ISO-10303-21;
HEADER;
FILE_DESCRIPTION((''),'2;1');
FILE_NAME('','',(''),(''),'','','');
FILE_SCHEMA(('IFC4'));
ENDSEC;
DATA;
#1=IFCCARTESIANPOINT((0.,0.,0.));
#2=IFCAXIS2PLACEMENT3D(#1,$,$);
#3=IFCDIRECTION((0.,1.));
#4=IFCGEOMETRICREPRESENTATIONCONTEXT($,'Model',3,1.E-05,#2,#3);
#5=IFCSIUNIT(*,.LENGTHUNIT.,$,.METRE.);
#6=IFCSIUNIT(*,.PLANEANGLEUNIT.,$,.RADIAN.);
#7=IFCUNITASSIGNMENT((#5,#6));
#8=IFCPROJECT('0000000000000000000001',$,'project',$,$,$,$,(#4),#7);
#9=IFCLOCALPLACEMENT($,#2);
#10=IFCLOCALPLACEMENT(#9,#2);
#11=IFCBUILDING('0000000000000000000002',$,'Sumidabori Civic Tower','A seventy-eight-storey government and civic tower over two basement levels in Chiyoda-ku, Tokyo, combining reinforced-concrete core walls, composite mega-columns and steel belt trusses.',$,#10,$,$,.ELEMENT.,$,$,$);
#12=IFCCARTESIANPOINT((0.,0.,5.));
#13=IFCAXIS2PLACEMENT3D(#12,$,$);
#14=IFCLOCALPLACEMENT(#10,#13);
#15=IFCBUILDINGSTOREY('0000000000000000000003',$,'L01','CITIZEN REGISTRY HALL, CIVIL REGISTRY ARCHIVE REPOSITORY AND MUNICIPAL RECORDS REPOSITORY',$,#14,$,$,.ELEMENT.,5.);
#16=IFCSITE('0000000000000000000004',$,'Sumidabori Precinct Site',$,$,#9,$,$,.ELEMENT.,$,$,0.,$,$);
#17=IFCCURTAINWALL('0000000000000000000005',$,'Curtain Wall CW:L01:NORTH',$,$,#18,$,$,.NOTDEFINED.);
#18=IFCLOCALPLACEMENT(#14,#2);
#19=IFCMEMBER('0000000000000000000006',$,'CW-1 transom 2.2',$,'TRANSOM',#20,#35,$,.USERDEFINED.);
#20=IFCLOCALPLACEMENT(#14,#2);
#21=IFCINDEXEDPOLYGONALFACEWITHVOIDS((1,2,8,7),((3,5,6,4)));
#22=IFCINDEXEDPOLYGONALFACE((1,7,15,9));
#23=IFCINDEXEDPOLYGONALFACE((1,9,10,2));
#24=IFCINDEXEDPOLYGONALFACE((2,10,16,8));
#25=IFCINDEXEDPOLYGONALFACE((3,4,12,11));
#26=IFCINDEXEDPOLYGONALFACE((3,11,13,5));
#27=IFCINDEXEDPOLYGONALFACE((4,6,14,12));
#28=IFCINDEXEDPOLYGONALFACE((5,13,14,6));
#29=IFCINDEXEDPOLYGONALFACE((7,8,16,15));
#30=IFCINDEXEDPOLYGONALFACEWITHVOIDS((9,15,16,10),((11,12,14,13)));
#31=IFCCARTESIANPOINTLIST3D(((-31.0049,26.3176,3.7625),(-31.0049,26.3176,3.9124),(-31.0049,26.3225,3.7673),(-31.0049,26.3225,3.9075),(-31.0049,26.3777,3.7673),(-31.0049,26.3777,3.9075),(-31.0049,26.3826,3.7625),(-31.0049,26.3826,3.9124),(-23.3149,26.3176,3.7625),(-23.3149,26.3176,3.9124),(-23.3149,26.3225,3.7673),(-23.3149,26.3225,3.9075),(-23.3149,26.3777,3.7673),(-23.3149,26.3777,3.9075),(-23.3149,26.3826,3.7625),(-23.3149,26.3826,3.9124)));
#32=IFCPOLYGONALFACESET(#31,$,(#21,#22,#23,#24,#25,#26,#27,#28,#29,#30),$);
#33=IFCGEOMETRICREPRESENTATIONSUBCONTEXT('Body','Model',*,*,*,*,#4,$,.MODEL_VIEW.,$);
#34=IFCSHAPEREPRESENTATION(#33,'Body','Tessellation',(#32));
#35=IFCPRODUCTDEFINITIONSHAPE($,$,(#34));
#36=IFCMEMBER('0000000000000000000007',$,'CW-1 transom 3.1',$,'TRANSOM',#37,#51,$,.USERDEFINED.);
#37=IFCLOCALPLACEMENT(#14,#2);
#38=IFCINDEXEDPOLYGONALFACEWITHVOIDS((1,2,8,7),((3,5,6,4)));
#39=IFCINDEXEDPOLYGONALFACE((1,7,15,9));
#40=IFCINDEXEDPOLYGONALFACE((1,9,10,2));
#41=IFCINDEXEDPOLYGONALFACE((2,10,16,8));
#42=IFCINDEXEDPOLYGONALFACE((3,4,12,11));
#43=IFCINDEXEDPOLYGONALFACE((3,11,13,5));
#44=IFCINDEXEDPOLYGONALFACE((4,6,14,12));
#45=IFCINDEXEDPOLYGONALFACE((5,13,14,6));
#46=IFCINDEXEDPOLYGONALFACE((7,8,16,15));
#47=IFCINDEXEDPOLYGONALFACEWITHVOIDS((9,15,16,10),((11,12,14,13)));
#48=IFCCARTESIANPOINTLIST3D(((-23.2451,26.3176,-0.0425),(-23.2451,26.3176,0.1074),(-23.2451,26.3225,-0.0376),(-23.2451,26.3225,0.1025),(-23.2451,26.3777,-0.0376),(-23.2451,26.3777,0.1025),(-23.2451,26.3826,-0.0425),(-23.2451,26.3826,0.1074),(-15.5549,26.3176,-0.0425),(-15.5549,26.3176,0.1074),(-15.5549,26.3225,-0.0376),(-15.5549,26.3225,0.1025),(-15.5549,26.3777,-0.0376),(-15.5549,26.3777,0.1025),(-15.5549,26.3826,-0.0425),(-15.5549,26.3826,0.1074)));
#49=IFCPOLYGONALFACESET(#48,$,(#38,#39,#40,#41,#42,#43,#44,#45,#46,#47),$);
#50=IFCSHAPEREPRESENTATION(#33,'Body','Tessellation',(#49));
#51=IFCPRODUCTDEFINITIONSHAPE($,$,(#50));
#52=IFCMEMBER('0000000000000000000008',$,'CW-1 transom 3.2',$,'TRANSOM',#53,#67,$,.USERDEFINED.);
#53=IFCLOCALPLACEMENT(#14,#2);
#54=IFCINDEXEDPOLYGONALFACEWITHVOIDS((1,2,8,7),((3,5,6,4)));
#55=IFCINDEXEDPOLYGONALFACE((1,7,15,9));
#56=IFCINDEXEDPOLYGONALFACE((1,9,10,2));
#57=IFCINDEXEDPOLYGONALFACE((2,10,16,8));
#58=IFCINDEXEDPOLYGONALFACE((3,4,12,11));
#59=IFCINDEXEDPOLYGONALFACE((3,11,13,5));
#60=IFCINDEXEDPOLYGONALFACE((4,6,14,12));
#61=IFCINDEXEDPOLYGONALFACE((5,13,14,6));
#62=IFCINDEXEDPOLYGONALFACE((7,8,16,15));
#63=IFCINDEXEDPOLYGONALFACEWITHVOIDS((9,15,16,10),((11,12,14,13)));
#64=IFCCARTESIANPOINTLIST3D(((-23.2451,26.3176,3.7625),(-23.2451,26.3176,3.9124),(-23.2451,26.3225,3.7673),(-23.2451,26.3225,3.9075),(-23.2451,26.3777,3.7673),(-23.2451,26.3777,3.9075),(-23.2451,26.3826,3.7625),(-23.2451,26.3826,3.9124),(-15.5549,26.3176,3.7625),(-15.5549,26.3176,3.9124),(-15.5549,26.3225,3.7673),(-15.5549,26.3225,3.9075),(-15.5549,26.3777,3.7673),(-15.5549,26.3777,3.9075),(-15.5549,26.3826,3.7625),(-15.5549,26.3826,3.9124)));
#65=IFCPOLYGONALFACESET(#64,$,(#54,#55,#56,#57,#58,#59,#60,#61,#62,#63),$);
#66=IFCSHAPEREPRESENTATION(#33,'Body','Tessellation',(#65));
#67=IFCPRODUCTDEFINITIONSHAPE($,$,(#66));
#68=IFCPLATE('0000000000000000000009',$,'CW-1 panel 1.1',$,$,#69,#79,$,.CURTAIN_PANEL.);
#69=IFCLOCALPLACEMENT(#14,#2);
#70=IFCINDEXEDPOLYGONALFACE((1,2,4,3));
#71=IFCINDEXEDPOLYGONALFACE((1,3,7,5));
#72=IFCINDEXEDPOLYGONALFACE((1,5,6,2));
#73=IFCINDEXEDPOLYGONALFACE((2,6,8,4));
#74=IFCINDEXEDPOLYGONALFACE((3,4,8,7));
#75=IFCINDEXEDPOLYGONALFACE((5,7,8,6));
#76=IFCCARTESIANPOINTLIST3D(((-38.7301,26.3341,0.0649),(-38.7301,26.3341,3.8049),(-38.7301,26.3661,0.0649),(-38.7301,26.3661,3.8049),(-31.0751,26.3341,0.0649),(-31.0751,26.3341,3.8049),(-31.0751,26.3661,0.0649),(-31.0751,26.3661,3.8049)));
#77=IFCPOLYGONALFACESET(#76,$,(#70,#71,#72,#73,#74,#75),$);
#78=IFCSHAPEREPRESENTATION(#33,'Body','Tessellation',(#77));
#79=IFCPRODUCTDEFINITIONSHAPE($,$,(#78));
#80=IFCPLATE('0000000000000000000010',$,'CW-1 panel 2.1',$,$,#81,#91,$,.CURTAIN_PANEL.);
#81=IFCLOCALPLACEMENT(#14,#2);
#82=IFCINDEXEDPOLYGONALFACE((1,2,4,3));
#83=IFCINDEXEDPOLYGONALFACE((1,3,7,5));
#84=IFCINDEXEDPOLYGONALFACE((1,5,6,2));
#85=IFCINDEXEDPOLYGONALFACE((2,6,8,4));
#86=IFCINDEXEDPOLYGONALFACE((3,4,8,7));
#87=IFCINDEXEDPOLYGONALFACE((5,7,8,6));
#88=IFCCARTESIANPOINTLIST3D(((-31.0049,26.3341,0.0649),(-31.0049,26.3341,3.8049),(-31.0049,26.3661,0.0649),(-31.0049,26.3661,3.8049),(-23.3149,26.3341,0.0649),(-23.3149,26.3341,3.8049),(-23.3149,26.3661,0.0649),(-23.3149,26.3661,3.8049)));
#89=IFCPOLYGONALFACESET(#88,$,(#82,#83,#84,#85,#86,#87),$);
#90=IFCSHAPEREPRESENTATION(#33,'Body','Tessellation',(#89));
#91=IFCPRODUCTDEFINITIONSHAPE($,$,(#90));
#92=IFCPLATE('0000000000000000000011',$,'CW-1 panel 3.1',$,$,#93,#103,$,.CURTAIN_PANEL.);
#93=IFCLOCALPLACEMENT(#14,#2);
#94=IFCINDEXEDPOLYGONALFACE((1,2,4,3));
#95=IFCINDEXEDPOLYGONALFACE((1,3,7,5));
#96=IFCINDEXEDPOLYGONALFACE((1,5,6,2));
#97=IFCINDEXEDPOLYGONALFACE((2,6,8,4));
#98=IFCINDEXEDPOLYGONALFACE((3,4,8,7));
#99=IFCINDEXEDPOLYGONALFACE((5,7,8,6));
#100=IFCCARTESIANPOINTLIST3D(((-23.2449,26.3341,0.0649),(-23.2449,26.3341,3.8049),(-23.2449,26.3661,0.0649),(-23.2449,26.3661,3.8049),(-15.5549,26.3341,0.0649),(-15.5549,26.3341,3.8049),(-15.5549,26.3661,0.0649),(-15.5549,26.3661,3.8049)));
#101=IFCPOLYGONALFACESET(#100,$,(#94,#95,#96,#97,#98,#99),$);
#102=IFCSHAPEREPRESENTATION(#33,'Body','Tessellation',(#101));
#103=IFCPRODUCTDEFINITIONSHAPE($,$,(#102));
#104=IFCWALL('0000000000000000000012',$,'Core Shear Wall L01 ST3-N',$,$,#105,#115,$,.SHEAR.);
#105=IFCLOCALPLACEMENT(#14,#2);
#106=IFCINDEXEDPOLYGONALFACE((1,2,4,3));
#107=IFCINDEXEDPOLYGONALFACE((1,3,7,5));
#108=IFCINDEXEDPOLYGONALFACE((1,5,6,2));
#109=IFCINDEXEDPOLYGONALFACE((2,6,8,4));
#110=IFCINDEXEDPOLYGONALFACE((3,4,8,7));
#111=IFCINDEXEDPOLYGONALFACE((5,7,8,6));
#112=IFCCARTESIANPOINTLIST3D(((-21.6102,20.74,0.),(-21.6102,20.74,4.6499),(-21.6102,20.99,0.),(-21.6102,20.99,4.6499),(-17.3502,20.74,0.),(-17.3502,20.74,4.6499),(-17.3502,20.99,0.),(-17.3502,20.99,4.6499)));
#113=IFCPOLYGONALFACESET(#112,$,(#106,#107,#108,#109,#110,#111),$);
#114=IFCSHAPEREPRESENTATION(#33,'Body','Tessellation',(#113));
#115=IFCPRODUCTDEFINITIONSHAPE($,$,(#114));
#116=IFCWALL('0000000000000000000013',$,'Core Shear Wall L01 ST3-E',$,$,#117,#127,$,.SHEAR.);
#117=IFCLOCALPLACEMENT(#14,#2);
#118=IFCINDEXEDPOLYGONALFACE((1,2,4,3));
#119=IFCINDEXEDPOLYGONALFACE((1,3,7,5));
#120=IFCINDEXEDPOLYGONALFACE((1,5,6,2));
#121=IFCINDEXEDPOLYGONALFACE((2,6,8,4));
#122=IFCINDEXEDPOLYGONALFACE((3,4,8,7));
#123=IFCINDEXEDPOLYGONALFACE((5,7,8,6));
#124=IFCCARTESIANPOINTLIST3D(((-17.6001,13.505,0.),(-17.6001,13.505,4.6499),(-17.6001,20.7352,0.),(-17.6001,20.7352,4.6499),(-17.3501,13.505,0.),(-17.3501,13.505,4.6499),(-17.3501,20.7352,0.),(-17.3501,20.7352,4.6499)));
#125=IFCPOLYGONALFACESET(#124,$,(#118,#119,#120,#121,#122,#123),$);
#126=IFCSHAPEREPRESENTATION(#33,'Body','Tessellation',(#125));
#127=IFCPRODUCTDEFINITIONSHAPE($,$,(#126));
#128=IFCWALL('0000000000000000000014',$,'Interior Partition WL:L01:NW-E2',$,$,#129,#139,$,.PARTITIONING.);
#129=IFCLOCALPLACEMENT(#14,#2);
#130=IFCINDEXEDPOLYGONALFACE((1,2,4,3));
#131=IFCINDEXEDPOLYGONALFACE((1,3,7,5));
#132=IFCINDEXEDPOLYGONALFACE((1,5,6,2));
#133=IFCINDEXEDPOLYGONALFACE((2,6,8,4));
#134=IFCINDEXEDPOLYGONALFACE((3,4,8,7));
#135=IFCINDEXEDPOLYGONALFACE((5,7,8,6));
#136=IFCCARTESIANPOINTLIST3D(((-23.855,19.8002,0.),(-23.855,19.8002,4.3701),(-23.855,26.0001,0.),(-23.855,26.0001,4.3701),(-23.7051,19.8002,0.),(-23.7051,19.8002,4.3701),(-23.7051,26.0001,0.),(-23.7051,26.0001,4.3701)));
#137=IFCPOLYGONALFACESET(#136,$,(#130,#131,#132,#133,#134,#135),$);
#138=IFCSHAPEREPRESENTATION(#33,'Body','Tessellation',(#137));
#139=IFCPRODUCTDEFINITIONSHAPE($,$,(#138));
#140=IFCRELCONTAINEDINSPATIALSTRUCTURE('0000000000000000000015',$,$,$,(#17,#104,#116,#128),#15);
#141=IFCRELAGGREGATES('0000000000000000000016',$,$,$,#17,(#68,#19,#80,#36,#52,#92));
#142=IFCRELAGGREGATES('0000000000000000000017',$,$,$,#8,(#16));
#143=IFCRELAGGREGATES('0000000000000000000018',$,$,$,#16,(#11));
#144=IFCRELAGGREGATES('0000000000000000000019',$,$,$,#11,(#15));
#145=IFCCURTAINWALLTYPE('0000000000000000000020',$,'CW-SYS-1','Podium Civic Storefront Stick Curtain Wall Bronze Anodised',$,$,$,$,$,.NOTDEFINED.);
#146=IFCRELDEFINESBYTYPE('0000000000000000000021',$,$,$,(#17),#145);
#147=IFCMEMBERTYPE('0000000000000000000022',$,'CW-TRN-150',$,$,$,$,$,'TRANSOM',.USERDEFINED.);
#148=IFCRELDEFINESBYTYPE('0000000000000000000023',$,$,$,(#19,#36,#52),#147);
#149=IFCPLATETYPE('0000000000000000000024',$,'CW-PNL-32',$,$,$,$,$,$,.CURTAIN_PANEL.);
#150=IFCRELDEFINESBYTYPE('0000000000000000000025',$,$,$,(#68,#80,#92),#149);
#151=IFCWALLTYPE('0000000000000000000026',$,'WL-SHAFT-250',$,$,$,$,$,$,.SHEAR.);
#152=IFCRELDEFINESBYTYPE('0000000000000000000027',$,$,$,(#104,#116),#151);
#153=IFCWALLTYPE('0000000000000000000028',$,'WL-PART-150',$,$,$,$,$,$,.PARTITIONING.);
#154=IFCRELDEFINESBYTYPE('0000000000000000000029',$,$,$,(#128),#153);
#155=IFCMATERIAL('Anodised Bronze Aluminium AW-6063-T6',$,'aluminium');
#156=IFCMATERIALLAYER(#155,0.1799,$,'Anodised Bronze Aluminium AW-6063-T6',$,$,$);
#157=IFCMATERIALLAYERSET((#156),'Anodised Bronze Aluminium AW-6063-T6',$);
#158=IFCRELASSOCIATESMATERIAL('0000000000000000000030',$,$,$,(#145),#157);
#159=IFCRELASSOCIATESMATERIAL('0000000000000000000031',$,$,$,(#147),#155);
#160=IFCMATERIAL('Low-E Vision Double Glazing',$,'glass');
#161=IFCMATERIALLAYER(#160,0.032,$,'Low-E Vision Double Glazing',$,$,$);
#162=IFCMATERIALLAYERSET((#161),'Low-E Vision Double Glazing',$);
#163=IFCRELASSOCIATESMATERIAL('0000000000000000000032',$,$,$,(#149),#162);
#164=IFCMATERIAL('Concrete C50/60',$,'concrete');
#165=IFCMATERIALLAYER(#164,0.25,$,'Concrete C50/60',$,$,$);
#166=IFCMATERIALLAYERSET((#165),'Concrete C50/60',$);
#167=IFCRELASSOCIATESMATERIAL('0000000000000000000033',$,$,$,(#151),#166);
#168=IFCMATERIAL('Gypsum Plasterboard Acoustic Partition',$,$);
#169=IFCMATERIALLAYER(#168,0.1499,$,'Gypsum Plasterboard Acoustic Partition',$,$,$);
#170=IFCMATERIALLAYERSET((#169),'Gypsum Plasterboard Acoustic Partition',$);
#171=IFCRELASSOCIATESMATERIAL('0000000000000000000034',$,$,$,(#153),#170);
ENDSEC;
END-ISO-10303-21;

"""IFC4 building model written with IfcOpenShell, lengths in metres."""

from ifc_helpers import new_model, si_unit, direction, frame, frame_2d, origin, origin_2d, place, context, subcontext, project, spatial, rectangle, hollow_rectangle, extrude, source, transform, mapped, material, layer, layer_set, material_profile, profile_set, type_object, element, aggregate, save


model = new_model("IFC4")

# Units and contexts
model_context = context("Model", 3, precision=1e-05, world=origin(), true_north=direction((0.0, 1.0)))
body_context = subcontext(model_context, "Body", "Model", "MODEL_VIEW")
ifc_project = project(units=[si_unit("LENGTHUNIT", "METRE"), si_unit("PLANEANGLEUNIT", "RADIAN")], contexts=[model_context])

# Site, building, storey
site_placement = place(None, origin())
site = spatial("IfcSite", under=ifc_project, at=site_placement, Name="Sumidabori Precinct Site", CompositionType="ELEMENT", RefElevation=0.0)
building_placement = place(site_placement, origin())
building = spatial("IfcBuilding", under=site, at=building_placement, Name="Sumidabori Civic Tower", Description="A seventy-eight-storey government and civic tower over two basement levels in Chiyoda-ku, Tokyo, combining reinforced-concrete core walls, composite mega-columns and steel belt trusses.", CompositionType="ELEMENT")
storey_placement = place(building_placement, frame((0.0, 0.0, 5.0)))
storey = spatial("IfcBuildingStorey", under=building, at=storey_placement, Name="L01", Description="CITIZEN REGISTRY HALL, CIVIL REGISTRY ARCHIVE REPOSITORY AND MUNICIPAL RECORDS REPOSITORY", CompositionType="ELEMENT", Elevation=5.0)

# Curtain wall, members, plates
ifc_material_1 = material(Name="Anodised Bronze Aluminium AW-6063-T6", Category="aluminium")
ifc_layer_1 = layer(ifc_material_1, 0.1799, Name="Anodised Bronze Aluminium AW-6063-T6")
ifc_layer_set_1 = layer_set([ifc_layer_1], Name="Anodised Bronze Aluminium AW-6063-T6")
curtain_wall_type = type_object("IfcCurtainWallType", Name="CW-SYS-1", Description="Podium Civic Storefront Stick Curtain Wall Bronze Anodised", PredefinedType="NOTDEFINED", material=ifc_layer_set_1)
curtain_wall_placement = place(storey_placement, origin())
curtain_wall = element("IfcCurtainWall", 1, at=curtain_wall_placement, inside=storey, type_object=curtain_wall_type, Name="Curtain Wall CW:L01:NORTH", PredefinedType="NOTDEFINED")
ifc_material_profile_1 = material_profile(ifc_material_1, hollow_rectangle(XDim=0.0649, YDim=0.1499, WallThickness=0.0049, at=origin_2d()), Name="ALU TRANSOM 150x65")
ifc_profile_set_1 = profile_set([ifc_material_profile_1], Name="Anodised Bronze Aluminium AW-6063-T6")
member_type_1 = type_object("IfcMemberType", Name="CW-TRN-150", ElementType="TRANSOM", PredefinedType="USERDEFINED", material=ifc_profile_set_1)
shared_shape_1 = source(origin(), body_context, "Body", "SweptSolid", [
    extrude(hollow_rectangle(XDim=0.0649, YDim=0.1499, WallThickness=0.0049, at=origin_2d()), origin(), (0.0, 0.0, 1.0), 7.6899),
])
member_1_placement = place(storey_placement, frame((-31.0049, 26.3501, 3.8374), z_axis=(1.0, 0.0, 0.0), x_axis=(0.0, 1.0, 0.0)))
member_1 = element("IfcMember", 2, at=member_1_placement, type_object=member_type_1, Name="CW-1 transom 2.2", ObjectType="TRANSOM", PredefinedType="USERDEFINED", context=body_context, shape_type="MappedRepresentation", body=[
    mapped(shared_shape_1, transform((0.0, 0.0, 0.0), x_axis=(1.0, 0.0, 0.0), y_axis=(0.0, 1.0, 0.0), z_axis=(0.0, 0.0, 1.0), scale=1.0)),
])
shared_shape_2 = source(origin(), body_context, "Body", "SweptSolid", [
    extrude(hollow_rectangle(XDim=0.0649, YDim=0.1499, WallThickness=0.0049, at=origin_2d()), origin(), (0.0, 0.0, 1.0), 7.6902),
])
member_2_placement = place(storey_placement, frame((-23.2451, 26.3501, 0.0325), z_axis=(1.0, 0.0, 0.0), x_axis=(0.0, 1.0, 0.0)))
member_2 = element("IfcMember", 3, at=member_2_placement, type_object=member_type_1, Name="CW-1 transom 3.1", ObjectType="TRANSOM", PredefinedType="USERDEFINED", context=body_context, shape_type="MappedRepresentation", body=[
    mapped(shared_shape_2, transform((0.0, 0.0, 0.0), x_axis=(1.0, 0.0, 0.0), y_axis=(0.0, 1.0, 0.0), z_axis=(0.0, 0.0, 1.0), scale=1.0)),
])
member_3_placement = place(storey_placement, frame((-23.2451, 26.3501, 3.8374), z_axis=(1.0, 0.0, 0.0), x_axis=(0.0, 1.0, 0.0)))
member_3 = element("IfcMember", 4, at=member_3_placement, type_object=member_type_1, Name="CW-1 transom 3.2", ObjectType="TRANSOM", PredefinedType="USERDEFINED", context=body_context, shape_type="MappedRepresentation", body=[
    mapped(shared_shape_2, transform((0.0, 0.0, 0.0), x_axis=(1.0, 0.0, 0.0), y_axis=(0.0, 1.0, 0.0), z_axis=(0.0, 0.0, 1.0), scale=1.0)),
])
ifc_material_2 = material(Name="Low-E Vision Double Glazing", Category="glass")
ifc_layer_2 = layer(ifc_material_2, 0.032, Name="Low-E Vision Double Glazing")
ifc_layer_set_2 = layer_set([ifc_layer_2], Name="Low-E Vision Double Glazing")
plate_type = type_object("IfcPlateType", Name="CW-PNL-32", PredefinedType="CURTAIN_PANEL", material=ifc_layer_set_2)
shared_shape_3 = source(origin(), body_context, "Body", "SweptSolid", [
    extrude(rectangle(XDim=7.655, YDim=0.032, at=origin_2d()), origin(), (0.0, 0.0, 1.0), 3.74),
])
plate_1_placement = place(storey_placement, frame((-34.9026, 26.3501, 0.0649), z_axis=(0.0, 0.0, 1.0), x_axis=(1.0, 0.0, 0.0)))
plate_1 = element("IfcPlate", 5, at=plate_1_placement, type_object=plate_type, Name="CW-1 panel 1.1", PredefinedType="CURTAIN_PANEL", context=body_context, shape_type="MappedRepresentation", body=[
    mapped(shared_shape_3, transform((0.0, 0.0, 0.0), x_axis=(1.0, 0.0, 0.0), y_axis=(0.0, 1.0, 0.0), z_axis=(0.0, 0.0, 1.0), scale=1.0)),
])
shared_shape_4 = source(origin(), body_context, "Body", "SweptSolid", [
    extrude(rectangle(XDim=7.6899, YDim=0.032, at=origin_2d()), origin(), (0.0, 0.0, 1.0), 3.74),
])
plate_2_placement = place(storey_placement, frame((-27.1599, 26.3501, 0.0649), z_axis=(0.0, 0.0, 1.0), x_axis=(1.0, 0.0, 0.0)))
plate_2 = element("IfcPlate", 6, at=plate_2_placement, type_object=plate_type, Name="CW-1 panel 2.1", PredefinedType="CURTAIN_PANEL", context=body_context, shape_type="MappedRepresentation", body=[
    mapped(shared_shape_4, transform((0.0, 0.0, 0.0), x_axis=(1.0, 0.0, 0.0), y_axis=(0.0, 1.0, 0.0), z_axis=(0.0, 0.0, 1.0), scale=1.0)),
])
plate_3_placement = place(storey_placement, frame((-19.3999, 26.3501, 0.0649), z_axis=(0.0, 0.0, 1.0), x_axis=(1.0, 0.0, 0.0)))
plate_3 = element("IfcPlate", 7, at=plate_3_placement, type_object=plate_type, Name="CW-1 panel 3.1", PredefinedType="CURTAIN_PANEL", context=body_context, shape_type="MappedRepresentation", body=[
    mapped(shared_shape_4, transform((0.0, 0.0, 0.0), x_axis=(1.0, 0.0, 0.0), y_axis=(0.0, 1.0, 0.0), z_axis=(0.0, 0.0, 1.0), scale=1.0)),
])
aggregate(curtain_wall, [plate_1, member_1, plate_2, member_2, member_3, plate_3])

# Walls
ifc_material_3 = material(Name="Concrete C50/60", Category="concrete")
ifc_layer_3 = layer(ifc_material_3, 0.25, Name="Concrete C50/60")
ifc_layer_set_3 = layer_set([ifc_layer_3], Name="Concrete C50/60")
wall_type_1 = type_object("IfcWallType", Name="WL-SHAFT-250", PredefinedType="SHEAR", material=ifc_layer_set_3)
shared_shape_5 = source(origin(), body_context, "Body", "SweptSolid", [
    extrude(rectangle(XDim=4.26, YDim=0.25, at=frame_2d((2.1299, 0.0))), origin(), (0.0, 0.0, 1.0), 4.6499),
])
wall_1_placement = place(storey_placement, frame((-21.6101, 20.865, 0.0), z_axis=(0.0, 0.0, 1.0), x_axis=(1.0, 0.0, 0.0)))
element("IfcWall", 8, at=wall_1_placement, inside=storey, type_object=wall_type_1, Name="Core Shear Wall L01 ST3-N", PredefinedType="SHEAR", context=body_context, shape_type="MappedRepresentation", body=[
    mapped(shared_shape_5, transform((0.0, 0.0, 0.0), x_axis=(1.0, 0.0, 0.0), y_axis=(0.0, 1.0, 0.0), z_axis=(0.0, 0.0, 1.0), scale=1.0)),
])
shared_shape_6 = source(origin(), body_context, "Body", "SweptSolid", [
    extrude(rectangle(XDim=7.2302, YDim=0.25, at=frame_2d((3.6152, 0.0))), origin(), (0.0, 0.0, 1.0), 4.6499),
])
wall_2_placement = place(storey_placement, frame((-17.4751, 13.5049, 0.0), z_axis=(0.0, 0.0, 1.0), x_axis=(0.0, 1.0, 0.0)))
element("IfcWall", 9, at=wall_2_placement, inside=storey, type_object=wall_type_1, Name="Core Shear Wall L01 ST3-E", PredefinedType="SHEAR", context=body_context, shape_type="MappedRepresentation", body=[
    mapped(shared_shape_6, transform((0.0, 0.0, 0.0), x_axis=(1.0, 0.0, 0.0), y_axis=(0.0, 1.0, 0.0), z_axis=(0.0, 0.0, 1.0), scale=1.0)),
])
ifc_material_4 = material(Name="Gypsum Plasterboard Acoustic Partition")
ifc_layer_4 = layer(ifc_material_4, 0.1499, Name="Gypsum Plasterboard Acoustic Partition")
ifc_layer_set_4 = layer_set([ifc_layer_4], Name="Gypsum Plasterboard Acoustic Partition")
wall_type_2 = type_object("IfcWallType", Name="WL-PART-150", PredefinedType="PARTITIONING", material=ifc_layer_set_4)
shared_shape_7 = source(origin(), body_context, "Body", "SweptSolid", [
    extrude(rectangle(XDim=6.2, YDim=0.1499, at=frame_2d((3.1001, 0.0))), origin(), (0.0, 0.0, 1.0), 4.3701),
])
wall_3_placement = place(storey_placement, frame((-23.78, 19.8, 0.0), z_axis=(0.0, 0.0, 1.0), x_axis=(0.0, 1.0, 0.0)))
element("IfcWall", 10, at=wall_3_placement, inside=storey, type_object=wall_type_2, Name="Interior Partition WL:L01:NW-E2", PredefinedType="PARTITIONING", context=body_context, shape_type="MappedRepresentation", body=[
    mapped(shared_shape_7, transform((0.0, 0.0, 0.0), x_axis=(1.0, 0.0, 0.0), y_axis=(0.0, 1.0, 0.0), z_axis=(0.0, 0.0, 1.0), scale=1.0)),
])

save(model, "model.ifc")
